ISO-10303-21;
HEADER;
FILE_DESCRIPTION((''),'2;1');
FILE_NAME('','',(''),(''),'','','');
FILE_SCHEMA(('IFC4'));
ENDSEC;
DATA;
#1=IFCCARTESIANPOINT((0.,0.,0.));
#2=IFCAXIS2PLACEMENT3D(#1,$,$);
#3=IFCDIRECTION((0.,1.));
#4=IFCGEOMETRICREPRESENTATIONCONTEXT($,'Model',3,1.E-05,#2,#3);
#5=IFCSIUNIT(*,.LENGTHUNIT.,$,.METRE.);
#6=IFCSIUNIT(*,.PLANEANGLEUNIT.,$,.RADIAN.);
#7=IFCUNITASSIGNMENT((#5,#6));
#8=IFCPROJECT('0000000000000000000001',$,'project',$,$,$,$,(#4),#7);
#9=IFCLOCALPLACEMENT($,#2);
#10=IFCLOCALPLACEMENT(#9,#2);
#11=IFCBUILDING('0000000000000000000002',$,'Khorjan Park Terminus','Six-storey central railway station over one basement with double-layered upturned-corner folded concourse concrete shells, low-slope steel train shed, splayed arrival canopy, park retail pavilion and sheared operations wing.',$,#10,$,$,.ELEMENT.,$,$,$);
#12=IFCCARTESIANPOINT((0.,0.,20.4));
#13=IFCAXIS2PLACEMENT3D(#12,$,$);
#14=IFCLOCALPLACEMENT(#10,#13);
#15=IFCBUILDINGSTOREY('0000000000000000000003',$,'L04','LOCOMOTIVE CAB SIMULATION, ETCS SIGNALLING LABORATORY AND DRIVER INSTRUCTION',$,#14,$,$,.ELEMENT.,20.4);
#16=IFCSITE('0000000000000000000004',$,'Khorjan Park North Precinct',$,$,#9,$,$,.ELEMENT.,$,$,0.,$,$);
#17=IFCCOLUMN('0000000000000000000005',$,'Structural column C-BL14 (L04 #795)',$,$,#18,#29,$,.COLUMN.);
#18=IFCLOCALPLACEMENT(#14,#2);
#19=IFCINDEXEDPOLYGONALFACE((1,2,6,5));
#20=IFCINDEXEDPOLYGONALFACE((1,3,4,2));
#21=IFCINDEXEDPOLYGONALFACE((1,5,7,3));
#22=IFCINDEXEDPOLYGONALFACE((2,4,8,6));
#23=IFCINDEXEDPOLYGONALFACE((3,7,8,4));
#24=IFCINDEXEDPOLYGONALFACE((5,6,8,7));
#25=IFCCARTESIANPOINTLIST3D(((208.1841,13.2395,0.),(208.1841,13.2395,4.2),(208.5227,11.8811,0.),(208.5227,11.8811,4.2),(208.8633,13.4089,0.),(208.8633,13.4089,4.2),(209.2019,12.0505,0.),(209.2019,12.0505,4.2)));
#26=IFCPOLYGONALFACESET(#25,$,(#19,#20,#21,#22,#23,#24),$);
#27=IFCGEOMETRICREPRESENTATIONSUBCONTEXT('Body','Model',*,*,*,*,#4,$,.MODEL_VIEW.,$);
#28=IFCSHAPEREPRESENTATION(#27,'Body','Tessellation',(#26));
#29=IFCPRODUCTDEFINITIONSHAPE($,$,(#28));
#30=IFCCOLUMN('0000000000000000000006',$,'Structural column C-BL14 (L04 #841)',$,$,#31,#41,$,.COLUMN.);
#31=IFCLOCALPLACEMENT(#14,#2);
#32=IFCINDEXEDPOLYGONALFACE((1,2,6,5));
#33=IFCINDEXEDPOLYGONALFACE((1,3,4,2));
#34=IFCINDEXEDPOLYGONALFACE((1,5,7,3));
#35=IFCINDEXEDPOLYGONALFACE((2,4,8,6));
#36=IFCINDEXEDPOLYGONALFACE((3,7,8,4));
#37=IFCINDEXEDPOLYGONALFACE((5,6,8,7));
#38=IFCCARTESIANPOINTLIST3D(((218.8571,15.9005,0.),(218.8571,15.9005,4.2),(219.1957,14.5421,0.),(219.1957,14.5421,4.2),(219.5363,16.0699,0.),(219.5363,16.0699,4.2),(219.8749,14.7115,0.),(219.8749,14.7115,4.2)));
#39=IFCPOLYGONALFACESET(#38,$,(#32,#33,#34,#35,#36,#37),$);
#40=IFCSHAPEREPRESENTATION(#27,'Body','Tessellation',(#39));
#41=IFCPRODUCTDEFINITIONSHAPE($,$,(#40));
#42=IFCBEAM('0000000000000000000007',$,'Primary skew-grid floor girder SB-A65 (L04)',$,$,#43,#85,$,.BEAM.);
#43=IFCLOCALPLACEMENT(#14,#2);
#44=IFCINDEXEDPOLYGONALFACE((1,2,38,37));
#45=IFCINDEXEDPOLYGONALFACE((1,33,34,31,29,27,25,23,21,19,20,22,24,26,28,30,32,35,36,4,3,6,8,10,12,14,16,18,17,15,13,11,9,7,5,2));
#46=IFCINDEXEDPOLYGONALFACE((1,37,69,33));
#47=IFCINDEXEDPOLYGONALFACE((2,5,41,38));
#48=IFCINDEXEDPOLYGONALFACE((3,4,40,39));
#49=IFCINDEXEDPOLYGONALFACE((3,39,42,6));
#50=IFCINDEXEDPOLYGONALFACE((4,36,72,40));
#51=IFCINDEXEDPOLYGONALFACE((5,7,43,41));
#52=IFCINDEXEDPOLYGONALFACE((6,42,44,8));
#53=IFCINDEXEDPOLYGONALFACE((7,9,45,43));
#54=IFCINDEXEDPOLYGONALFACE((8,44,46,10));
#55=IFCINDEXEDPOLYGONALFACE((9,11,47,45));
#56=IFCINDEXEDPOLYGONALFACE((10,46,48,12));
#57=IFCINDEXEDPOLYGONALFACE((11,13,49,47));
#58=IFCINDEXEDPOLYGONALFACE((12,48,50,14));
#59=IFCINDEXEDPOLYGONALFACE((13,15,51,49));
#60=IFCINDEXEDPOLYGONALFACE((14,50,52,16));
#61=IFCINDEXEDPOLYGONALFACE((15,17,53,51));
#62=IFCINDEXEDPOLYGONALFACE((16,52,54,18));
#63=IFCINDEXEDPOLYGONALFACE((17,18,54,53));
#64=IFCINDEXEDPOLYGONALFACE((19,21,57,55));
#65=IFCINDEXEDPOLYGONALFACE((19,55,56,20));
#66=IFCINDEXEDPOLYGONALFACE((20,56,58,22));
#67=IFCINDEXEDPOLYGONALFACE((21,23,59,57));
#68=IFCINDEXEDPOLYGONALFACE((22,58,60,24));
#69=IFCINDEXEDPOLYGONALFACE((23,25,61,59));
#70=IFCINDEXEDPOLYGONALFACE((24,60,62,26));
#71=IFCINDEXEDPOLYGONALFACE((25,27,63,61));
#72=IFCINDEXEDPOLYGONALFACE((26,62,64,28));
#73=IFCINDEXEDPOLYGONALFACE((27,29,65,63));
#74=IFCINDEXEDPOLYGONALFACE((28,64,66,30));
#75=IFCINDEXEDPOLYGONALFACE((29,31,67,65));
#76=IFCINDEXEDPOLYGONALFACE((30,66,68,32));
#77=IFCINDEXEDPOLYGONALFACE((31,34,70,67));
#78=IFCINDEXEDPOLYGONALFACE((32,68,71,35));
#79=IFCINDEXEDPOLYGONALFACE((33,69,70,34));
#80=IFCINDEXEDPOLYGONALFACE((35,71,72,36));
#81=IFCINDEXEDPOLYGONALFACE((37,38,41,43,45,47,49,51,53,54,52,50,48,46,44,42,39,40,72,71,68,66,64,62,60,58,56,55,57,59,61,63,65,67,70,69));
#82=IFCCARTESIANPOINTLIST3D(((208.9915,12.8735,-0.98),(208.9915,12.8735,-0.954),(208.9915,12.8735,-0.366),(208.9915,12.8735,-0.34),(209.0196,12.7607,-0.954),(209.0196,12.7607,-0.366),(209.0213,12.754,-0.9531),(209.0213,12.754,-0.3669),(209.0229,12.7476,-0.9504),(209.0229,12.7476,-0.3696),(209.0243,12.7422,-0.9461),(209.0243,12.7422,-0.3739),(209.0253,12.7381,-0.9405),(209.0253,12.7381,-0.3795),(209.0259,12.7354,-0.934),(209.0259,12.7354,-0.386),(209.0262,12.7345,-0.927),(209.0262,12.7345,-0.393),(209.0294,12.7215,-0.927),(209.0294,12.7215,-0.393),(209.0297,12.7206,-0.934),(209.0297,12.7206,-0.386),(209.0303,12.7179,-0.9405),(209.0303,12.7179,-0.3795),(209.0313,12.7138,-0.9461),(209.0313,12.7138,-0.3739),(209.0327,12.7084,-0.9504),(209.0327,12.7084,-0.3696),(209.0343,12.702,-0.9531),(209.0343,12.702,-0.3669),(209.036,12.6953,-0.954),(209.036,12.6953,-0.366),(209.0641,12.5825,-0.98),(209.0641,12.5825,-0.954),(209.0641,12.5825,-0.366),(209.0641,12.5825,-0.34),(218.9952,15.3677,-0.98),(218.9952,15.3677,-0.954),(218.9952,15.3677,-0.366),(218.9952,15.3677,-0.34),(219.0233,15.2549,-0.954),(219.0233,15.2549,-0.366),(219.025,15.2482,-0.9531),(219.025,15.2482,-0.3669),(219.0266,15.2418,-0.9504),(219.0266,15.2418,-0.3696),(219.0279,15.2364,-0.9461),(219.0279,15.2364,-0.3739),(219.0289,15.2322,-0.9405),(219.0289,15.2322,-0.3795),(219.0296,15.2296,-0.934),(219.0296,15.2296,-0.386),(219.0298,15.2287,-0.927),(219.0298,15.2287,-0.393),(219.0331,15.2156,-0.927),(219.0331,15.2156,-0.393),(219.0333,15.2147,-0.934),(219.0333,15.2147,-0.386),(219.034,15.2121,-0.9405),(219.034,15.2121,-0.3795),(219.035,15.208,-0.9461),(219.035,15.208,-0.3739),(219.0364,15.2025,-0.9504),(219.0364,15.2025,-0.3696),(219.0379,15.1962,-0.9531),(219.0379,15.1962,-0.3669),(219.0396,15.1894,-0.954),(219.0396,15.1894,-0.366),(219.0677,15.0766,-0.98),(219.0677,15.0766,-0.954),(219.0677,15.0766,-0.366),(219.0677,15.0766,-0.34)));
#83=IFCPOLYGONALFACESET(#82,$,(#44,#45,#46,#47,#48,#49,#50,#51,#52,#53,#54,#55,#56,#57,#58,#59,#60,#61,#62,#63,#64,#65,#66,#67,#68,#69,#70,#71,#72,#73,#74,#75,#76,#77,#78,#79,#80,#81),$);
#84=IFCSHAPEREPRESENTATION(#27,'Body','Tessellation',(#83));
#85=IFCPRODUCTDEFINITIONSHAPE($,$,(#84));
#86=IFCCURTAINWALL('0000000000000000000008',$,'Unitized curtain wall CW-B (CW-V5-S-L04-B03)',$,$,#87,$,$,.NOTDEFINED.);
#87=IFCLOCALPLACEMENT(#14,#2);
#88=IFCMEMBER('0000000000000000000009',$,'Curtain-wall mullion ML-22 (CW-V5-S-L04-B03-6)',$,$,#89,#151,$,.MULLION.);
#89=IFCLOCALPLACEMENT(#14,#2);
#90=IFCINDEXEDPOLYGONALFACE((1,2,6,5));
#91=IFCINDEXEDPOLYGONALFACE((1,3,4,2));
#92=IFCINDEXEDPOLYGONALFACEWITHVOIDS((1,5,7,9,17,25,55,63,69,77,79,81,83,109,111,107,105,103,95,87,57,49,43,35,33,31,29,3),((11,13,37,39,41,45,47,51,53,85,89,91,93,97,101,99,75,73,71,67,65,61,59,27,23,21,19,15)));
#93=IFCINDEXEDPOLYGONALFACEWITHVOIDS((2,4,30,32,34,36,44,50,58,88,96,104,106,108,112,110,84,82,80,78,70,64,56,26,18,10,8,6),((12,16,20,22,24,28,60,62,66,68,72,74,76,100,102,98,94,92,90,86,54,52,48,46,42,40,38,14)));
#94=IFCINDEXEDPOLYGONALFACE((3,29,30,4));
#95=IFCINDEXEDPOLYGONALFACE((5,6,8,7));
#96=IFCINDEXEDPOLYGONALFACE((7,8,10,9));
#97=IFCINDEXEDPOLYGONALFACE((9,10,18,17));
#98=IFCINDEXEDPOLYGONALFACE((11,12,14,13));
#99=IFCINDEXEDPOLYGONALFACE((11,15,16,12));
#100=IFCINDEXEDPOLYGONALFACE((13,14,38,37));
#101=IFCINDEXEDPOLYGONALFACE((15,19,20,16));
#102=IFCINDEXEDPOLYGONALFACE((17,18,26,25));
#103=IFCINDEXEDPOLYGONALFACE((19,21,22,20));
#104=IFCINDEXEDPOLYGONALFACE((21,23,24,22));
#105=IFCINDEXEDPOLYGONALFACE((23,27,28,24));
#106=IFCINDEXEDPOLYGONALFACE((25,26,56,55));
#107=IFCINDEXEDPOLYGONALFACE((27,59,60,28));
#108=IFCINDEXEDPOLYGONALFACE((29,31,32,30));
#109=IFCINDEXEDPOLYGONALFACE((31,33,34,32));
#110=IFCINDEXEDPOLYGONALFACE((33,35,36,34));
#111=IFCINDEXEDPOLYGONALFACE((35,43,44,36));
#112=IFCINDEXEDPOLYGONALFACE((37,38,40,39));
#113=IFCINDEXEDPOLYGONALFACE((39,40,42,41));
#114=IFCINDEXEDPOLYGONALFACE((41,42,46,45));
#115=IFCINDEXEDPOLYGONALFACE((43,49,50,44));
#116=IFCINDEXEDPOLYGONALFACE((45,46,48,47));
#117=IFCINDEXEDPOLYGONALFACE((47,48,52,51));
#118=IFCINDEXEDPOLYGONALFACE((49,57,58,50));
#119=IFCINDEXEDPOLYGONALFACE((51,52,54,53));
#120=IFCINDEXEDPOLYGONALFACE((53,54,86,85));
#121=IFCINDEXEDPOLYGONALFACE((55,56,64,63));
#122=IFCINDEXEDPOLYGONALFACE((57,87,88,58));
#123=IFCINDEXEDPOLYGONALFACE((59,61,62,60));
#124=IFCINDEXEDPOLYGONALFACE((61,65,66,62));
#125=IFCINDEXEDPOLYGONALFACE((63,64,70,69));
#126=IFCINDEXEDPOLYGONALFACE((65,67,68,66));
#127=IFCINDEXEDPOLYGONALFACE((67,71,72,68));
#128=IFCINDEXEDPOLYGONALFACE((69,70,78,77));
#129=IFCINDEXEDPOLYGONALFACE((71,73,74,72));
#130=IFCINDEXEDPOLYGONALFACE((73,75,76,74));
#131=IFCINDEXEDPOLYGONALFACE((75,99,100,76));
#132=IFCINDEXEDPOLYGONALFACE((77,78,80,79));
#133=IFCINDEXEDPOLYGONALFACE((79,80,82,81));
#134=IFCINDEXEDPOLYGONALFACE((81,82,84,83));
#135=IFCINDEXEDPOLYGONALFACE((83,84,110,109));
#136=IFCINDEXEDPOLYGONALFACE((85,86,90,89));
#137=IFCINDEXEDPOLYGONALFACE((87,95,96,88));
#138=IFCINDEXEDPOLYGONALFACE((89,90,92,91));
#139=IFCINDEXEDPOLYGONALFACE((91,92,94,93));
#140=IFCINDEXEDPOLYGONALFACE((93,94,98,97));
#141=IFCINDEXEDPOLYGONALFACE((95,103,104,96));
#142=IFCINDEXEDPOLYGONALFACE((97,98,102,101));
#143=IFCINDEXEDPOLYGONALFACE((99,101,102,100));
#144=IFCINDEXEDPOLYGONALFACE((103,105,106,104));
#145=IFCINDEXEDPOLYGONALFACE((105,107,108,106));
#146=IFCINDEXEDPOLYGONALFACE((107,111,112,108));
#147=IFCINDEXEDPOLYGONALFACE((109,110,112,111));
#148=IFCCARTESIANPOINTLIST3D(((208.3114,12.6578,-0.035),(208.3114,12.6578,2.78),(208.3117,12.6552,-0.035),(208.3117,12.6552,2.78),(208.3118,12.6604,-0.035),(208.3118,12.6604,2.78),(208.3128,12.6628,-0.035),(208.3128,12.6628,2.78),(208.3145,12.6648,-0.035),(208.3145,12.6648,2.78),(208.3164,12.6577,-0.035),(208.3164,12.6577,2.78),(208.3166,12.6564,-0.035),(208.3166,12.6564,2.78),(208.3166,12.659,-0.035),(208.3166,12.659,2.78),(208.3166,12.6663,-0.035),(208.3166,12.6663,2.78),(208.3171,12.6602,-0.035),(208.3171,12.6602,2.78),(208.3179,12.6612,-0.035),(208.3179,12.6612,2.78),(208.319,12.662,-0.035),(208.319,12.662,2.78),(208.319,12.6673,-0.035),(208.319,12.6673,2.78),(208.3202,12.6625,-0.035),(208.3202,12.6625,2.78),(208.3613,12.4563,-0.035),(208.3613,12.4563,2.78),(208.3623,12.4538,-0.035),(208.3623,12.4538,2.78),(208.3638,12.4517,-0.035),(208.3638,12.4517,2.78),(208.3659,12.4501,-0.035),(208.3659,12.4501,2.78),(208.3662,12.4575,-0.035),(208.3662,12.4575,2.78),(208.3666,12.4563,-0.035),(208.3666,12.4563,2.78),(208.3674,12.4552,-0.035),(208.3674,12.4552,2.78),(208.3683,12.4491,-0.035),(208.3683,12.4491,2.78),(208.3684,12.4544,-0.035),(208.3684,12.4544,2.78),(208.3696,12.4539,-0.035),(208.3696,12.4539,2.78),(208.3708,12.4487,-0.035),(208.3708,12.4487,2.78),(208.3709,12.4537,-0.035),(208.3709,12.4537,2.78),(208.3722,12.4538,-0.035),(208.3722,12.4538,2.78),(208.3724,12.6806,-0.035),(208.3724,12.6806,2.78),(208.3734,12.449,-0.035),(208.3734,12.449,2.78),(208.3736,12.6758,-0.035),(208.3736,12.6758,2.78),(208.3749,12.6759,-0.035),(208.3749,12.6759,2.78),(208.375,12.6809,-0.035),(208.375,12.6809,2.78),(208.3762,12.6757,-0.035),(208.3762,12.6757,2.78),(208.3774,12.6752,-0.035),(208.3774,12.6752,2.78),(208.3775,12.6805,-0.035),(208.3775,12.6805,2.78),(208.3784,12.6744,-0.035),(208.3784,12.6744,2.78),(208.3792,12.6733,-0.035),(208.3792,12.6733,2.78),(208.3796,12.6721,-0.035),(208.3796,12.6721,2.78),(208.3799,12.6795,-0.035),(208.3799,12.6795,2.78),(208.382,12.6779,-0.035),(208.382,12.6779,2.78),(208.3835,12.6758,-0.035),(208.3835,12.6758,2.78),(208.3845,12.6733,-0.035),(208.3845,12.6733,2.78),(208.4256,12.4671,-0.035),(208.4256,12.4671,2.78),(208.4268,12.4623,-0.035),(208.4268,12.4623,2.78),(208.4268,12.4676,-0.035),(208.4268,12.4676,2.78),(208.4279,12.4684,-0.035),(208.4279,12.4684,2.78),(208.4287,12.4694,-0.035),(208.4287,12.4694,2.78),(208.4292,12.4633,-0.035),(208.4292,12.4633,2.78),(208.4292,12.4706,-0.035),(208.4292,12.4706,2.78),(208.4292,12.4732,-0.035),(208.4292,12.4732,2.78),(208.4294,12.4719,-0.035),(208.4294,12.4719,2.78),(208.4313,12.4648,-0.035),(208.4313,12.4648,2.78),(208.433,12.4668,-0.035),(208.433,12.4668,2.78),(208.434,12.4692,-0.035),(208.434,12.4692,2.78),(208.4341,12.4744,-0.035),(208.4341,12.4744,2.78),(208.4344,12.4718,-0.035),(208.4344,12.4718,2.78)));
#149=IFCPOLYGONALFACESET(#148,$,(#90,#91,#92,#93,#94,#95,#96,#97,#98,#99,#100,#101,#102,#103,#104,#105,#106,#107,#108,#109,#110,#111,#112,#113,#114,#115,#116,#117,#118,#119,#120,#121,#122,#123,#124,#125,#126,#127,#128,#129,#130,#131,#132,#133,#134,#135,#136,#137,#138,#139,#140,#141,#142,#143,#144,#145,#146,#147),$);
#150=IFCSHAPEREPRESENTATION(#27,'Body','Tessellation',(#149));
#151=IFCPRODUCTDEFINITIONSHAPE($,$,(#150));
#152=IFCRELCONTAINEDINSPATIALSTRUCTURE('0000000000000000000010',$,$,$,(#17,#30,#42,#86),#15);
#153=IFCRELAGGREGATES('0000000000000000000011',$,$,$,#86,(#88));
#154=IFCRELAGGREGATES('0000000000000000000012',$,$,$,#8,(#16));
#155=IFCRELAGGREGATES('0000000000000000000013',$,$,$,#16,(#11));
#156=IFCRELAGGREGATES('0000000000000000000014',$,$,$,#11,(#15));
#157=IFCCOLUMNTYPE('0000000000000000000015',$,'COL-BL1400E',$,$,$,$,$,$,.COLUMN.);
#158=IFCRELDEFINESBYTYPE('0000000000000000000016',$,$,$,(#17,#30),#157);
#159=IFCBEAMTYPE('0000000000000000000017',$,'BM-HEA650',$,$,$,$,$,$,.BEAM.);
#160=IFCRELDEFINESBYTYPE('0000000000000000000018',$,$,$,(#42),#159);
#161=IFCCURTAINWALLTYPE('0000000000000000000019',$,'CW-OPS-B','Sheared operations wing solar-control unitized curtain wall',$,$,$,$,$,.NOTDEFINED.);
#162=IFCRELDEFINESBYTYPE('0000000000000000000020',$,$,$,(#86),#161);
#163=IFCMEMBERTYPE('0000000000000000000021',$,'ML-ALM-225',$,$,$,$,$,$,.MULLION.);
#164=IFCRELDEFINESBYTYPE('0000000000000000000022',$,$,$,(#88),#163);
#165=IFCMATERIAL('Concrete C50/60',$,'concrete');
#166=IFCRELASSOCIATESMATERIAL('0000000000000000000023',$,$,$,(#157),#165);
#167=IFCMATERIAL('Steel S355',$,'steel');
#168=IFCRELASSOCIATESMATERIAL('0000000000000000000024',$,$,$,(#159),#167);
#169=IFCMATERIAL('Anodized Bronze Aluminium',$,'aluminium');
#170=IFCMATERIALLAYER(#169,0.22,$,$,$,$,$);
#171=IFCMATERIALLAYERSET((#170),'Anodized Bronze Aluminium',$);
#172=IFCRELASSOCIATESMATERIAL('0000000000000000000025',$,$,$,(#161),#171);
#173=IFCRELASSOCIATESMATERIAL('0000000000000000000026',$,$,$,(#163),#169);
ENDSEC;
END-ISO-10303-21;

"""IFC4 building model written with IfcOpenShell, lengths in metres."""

from ifc_helpers import new_model, si_unit, direction, frame, origin, origin_2d, place, context, subcontext, project, spatial, rectangle, hollow_rectangle, i_section, extrude, material, layer, layer_set, material_profile, profile_set, type_object, element, aggregate, save


model = new_model("IFC4")

# Units and contexts
model_context = context("Model", 3, precision=1e-05, world=origin(), true_north=direction((0.0, 1.0)))
body_context = subcontext(model_context, "Body", "Model", "MODEL_VIEW")
ifc_project = project(units=[si_unit("LENGTHUNIT", "METRE"), si_unit("PLANEANGLEUNIT", "RADIAN")], contexts=[model_context])

# Site, building, storey
site_placement = place(None, origin())
site = spatial("IfcSite", under=ifc_project, at=site_placement, Name="Khorjan Park North Precinct", CompositionType="ELEMENT", RefElevation=0.0)
building_placement = place(site_placement, origin())
building = spatial("IfcBuilding", under=site, at=building_placement, Name="Khorjan Park Terminus", Description="Six-storey central railway station over one basement with double-layered upturned-corner folded concourse concrete shells, low-slope steel train shed, splayed arrival canopy, park retail pavilion and sheared operations wing.", CompositionType="ELEMENT")
storey_placement = place(building_placement, frame((0.0, 0.0, 20.4)))
storey = spatial("IfcBuildingStorey", under=building, at=storey_placement, Name="L04", Description="LOCOMOTIVE CAB SIMULATION, ETCS SIGNALLING LABORATORY AND DRIVER INSTRUCTION", CompositionType="ELEMENT", Elevation=20.4)

# Columns
ifc_material_1 = material(Name="Concrete C50/60", Category="concrete")
ifc_material_profile_1 = material_profile(ifc_material_1, rectangle(XDim=0.7, YDim=1.4, at=origin_2d()), Name="RC 700x1400")
ifc_profile_set_1 = profile_set([ifc_material_profile_1], Name="Concrete C50/60")
column_type = type_object("IfcColumnType", Name="COL-BL1400E", PredefinedType="COLUMN", material=ifc_profile_set_1)
for number, where, z_axis, x_axis, name in (
    (1, (208.693, 12.645, 0.0), (0.0, 0.0, 1.0), (0.970296, 0.241922, 0.0), "Structural column C-BL14 (L04 #795)"),
    (2, (219.366, 15.306, 0.0), (0.0, 0.0, 1.0), (0.970296, 0.241922, 0.0), "Structural column C-BL14 (L04 #841)"),
):
    element("IfcColumn", number, at=place(storey_placement, frame(where, z_axis=z_axis, x_axis=x_axis)), inside=storey, type_object=column_type, Name=name, PredefinedType="COLUMN", context=body_context, shape_type="SweptSolid", body=[
        extrude(rectangle(XDim=0.7, YDim=1.4, at=origin_2d()), origin(), (0.0, 0.0, 1.0), 4.2),
    ])

# Beam
ifc_material_2 = material(Name="Steel S355", Category="steel")
ifc_material_profile_2 = material_profile(ifc_material_2, i_section(OverallWidth=0.3, OverallDepth=0.64, WebThickness=0.0135, FlangeThickness=0.026, FilletRadius=0.027, at=origin_2d()), Name="HEA 650")
ifc_profile_set_2 = profile_set([ifc_material_profile_2], Name="Steel S355")
beam_type = type_object("IfcBeamType", Name="BM-HEA650", PredefinedType="BEAM", material=ifc_profile_set_2)
beam_placement = place(storey_placement, frame((209.0278, 12.728, -0.66), z_axis=(0.970296, 0.241922, 0.0), x_axis=(-0.241922, 0.970296, 0.0)))
element("IfcBeam", 3, at=beam_placement, inside=storey, type_object=beam_type, Name="Primary skew-grid floor girder SB-A65 (L04)", PredefinedType="BEAM", context=body_context, shape_type="SweptSolid", body=[
    extrude(i_section(OverallWidth=0.3, OverallDepth=0.64, WebThickness=0.0135, FlangeThickness=0.026, FilletRadius=0.027, at=origin_2d()), origin(), (0.0, 0.0, 1.0), 10.3099),
])

# Curtain wall, member
ifc_material_3 = material(Name="Anodized Bronze Aluminium", Category="aluminium")
ifc_layer_1 = layer(ifc_material_3, 0.22)
ifc_layer_set_1 = layer_set([ifc_layer_1], Name="Anodized Bronze Aluminium")
curtain_wall_type = type_object("IfcCurtainWallType", Name="CW-OPS-B", Description="Sheared operations wing solar-control unitized curtain wall", PredefinedType="NOTDEFINED", material=ifc_layer_set_1)
curtain_wall_1_placement = place(storey_placement, origin())
curtain_wall_1 = element("IfcCurtainWall", 4, at=curtain_wall_1_placement, inside=storey, type_object=curtain_wall_type, Name="Unitized curtain wall CW-B (CW-V5-S-L04-B03)", PredefinedType="NOTDEFINED")
ifc_material_profile_3 = material_profile(ifc_material_3, hollow_rectangle(XDim=0.075, YDim=0.225, WallThickness=0.005, InnerFilletRadius=0.005, OuterFilletRadius=0.01, at=origin_2d()), Name="ALM 75x225x5")
ifc_profile_set_3 = profile_set([ifc_material_profile_3], Name="Anodized Bronze Aluminium")
member_type_1 = type_object("IfcMemberType", Name="ML-ALM-225", PredefinedType="MULLION", material=ifc_profile_set_3)
member_1_placement = place(storey_placement, frame((208.3729, 12.5648, -0.035), z_axis=(0.0, 0.0, 1.0), x_axis=(0.970295, 0.241926, 0.0)))
member_1 = element("IfcMember", 5, at=member_1_placement, type_object=member_type_1, Name="Curtain-wall mullion ML-22 (CW-V5-S-L04-B03-6)", PredefinedType="MULLION", context=body_context, shape_type="SweptSolid", body=[
    extrude(hollow_rectangle(XDim=0.075, YDim=0.225, WallThickness=0.005, InnerFilletRadius=0.005, OuterFilletRadius=0.01, at=origin_2d()), origin(), (0.0, 0.0, 1.0), 2.815),
])

aggregate(curtain_wall_1, [member_1])

save(model, "model.ifc")
